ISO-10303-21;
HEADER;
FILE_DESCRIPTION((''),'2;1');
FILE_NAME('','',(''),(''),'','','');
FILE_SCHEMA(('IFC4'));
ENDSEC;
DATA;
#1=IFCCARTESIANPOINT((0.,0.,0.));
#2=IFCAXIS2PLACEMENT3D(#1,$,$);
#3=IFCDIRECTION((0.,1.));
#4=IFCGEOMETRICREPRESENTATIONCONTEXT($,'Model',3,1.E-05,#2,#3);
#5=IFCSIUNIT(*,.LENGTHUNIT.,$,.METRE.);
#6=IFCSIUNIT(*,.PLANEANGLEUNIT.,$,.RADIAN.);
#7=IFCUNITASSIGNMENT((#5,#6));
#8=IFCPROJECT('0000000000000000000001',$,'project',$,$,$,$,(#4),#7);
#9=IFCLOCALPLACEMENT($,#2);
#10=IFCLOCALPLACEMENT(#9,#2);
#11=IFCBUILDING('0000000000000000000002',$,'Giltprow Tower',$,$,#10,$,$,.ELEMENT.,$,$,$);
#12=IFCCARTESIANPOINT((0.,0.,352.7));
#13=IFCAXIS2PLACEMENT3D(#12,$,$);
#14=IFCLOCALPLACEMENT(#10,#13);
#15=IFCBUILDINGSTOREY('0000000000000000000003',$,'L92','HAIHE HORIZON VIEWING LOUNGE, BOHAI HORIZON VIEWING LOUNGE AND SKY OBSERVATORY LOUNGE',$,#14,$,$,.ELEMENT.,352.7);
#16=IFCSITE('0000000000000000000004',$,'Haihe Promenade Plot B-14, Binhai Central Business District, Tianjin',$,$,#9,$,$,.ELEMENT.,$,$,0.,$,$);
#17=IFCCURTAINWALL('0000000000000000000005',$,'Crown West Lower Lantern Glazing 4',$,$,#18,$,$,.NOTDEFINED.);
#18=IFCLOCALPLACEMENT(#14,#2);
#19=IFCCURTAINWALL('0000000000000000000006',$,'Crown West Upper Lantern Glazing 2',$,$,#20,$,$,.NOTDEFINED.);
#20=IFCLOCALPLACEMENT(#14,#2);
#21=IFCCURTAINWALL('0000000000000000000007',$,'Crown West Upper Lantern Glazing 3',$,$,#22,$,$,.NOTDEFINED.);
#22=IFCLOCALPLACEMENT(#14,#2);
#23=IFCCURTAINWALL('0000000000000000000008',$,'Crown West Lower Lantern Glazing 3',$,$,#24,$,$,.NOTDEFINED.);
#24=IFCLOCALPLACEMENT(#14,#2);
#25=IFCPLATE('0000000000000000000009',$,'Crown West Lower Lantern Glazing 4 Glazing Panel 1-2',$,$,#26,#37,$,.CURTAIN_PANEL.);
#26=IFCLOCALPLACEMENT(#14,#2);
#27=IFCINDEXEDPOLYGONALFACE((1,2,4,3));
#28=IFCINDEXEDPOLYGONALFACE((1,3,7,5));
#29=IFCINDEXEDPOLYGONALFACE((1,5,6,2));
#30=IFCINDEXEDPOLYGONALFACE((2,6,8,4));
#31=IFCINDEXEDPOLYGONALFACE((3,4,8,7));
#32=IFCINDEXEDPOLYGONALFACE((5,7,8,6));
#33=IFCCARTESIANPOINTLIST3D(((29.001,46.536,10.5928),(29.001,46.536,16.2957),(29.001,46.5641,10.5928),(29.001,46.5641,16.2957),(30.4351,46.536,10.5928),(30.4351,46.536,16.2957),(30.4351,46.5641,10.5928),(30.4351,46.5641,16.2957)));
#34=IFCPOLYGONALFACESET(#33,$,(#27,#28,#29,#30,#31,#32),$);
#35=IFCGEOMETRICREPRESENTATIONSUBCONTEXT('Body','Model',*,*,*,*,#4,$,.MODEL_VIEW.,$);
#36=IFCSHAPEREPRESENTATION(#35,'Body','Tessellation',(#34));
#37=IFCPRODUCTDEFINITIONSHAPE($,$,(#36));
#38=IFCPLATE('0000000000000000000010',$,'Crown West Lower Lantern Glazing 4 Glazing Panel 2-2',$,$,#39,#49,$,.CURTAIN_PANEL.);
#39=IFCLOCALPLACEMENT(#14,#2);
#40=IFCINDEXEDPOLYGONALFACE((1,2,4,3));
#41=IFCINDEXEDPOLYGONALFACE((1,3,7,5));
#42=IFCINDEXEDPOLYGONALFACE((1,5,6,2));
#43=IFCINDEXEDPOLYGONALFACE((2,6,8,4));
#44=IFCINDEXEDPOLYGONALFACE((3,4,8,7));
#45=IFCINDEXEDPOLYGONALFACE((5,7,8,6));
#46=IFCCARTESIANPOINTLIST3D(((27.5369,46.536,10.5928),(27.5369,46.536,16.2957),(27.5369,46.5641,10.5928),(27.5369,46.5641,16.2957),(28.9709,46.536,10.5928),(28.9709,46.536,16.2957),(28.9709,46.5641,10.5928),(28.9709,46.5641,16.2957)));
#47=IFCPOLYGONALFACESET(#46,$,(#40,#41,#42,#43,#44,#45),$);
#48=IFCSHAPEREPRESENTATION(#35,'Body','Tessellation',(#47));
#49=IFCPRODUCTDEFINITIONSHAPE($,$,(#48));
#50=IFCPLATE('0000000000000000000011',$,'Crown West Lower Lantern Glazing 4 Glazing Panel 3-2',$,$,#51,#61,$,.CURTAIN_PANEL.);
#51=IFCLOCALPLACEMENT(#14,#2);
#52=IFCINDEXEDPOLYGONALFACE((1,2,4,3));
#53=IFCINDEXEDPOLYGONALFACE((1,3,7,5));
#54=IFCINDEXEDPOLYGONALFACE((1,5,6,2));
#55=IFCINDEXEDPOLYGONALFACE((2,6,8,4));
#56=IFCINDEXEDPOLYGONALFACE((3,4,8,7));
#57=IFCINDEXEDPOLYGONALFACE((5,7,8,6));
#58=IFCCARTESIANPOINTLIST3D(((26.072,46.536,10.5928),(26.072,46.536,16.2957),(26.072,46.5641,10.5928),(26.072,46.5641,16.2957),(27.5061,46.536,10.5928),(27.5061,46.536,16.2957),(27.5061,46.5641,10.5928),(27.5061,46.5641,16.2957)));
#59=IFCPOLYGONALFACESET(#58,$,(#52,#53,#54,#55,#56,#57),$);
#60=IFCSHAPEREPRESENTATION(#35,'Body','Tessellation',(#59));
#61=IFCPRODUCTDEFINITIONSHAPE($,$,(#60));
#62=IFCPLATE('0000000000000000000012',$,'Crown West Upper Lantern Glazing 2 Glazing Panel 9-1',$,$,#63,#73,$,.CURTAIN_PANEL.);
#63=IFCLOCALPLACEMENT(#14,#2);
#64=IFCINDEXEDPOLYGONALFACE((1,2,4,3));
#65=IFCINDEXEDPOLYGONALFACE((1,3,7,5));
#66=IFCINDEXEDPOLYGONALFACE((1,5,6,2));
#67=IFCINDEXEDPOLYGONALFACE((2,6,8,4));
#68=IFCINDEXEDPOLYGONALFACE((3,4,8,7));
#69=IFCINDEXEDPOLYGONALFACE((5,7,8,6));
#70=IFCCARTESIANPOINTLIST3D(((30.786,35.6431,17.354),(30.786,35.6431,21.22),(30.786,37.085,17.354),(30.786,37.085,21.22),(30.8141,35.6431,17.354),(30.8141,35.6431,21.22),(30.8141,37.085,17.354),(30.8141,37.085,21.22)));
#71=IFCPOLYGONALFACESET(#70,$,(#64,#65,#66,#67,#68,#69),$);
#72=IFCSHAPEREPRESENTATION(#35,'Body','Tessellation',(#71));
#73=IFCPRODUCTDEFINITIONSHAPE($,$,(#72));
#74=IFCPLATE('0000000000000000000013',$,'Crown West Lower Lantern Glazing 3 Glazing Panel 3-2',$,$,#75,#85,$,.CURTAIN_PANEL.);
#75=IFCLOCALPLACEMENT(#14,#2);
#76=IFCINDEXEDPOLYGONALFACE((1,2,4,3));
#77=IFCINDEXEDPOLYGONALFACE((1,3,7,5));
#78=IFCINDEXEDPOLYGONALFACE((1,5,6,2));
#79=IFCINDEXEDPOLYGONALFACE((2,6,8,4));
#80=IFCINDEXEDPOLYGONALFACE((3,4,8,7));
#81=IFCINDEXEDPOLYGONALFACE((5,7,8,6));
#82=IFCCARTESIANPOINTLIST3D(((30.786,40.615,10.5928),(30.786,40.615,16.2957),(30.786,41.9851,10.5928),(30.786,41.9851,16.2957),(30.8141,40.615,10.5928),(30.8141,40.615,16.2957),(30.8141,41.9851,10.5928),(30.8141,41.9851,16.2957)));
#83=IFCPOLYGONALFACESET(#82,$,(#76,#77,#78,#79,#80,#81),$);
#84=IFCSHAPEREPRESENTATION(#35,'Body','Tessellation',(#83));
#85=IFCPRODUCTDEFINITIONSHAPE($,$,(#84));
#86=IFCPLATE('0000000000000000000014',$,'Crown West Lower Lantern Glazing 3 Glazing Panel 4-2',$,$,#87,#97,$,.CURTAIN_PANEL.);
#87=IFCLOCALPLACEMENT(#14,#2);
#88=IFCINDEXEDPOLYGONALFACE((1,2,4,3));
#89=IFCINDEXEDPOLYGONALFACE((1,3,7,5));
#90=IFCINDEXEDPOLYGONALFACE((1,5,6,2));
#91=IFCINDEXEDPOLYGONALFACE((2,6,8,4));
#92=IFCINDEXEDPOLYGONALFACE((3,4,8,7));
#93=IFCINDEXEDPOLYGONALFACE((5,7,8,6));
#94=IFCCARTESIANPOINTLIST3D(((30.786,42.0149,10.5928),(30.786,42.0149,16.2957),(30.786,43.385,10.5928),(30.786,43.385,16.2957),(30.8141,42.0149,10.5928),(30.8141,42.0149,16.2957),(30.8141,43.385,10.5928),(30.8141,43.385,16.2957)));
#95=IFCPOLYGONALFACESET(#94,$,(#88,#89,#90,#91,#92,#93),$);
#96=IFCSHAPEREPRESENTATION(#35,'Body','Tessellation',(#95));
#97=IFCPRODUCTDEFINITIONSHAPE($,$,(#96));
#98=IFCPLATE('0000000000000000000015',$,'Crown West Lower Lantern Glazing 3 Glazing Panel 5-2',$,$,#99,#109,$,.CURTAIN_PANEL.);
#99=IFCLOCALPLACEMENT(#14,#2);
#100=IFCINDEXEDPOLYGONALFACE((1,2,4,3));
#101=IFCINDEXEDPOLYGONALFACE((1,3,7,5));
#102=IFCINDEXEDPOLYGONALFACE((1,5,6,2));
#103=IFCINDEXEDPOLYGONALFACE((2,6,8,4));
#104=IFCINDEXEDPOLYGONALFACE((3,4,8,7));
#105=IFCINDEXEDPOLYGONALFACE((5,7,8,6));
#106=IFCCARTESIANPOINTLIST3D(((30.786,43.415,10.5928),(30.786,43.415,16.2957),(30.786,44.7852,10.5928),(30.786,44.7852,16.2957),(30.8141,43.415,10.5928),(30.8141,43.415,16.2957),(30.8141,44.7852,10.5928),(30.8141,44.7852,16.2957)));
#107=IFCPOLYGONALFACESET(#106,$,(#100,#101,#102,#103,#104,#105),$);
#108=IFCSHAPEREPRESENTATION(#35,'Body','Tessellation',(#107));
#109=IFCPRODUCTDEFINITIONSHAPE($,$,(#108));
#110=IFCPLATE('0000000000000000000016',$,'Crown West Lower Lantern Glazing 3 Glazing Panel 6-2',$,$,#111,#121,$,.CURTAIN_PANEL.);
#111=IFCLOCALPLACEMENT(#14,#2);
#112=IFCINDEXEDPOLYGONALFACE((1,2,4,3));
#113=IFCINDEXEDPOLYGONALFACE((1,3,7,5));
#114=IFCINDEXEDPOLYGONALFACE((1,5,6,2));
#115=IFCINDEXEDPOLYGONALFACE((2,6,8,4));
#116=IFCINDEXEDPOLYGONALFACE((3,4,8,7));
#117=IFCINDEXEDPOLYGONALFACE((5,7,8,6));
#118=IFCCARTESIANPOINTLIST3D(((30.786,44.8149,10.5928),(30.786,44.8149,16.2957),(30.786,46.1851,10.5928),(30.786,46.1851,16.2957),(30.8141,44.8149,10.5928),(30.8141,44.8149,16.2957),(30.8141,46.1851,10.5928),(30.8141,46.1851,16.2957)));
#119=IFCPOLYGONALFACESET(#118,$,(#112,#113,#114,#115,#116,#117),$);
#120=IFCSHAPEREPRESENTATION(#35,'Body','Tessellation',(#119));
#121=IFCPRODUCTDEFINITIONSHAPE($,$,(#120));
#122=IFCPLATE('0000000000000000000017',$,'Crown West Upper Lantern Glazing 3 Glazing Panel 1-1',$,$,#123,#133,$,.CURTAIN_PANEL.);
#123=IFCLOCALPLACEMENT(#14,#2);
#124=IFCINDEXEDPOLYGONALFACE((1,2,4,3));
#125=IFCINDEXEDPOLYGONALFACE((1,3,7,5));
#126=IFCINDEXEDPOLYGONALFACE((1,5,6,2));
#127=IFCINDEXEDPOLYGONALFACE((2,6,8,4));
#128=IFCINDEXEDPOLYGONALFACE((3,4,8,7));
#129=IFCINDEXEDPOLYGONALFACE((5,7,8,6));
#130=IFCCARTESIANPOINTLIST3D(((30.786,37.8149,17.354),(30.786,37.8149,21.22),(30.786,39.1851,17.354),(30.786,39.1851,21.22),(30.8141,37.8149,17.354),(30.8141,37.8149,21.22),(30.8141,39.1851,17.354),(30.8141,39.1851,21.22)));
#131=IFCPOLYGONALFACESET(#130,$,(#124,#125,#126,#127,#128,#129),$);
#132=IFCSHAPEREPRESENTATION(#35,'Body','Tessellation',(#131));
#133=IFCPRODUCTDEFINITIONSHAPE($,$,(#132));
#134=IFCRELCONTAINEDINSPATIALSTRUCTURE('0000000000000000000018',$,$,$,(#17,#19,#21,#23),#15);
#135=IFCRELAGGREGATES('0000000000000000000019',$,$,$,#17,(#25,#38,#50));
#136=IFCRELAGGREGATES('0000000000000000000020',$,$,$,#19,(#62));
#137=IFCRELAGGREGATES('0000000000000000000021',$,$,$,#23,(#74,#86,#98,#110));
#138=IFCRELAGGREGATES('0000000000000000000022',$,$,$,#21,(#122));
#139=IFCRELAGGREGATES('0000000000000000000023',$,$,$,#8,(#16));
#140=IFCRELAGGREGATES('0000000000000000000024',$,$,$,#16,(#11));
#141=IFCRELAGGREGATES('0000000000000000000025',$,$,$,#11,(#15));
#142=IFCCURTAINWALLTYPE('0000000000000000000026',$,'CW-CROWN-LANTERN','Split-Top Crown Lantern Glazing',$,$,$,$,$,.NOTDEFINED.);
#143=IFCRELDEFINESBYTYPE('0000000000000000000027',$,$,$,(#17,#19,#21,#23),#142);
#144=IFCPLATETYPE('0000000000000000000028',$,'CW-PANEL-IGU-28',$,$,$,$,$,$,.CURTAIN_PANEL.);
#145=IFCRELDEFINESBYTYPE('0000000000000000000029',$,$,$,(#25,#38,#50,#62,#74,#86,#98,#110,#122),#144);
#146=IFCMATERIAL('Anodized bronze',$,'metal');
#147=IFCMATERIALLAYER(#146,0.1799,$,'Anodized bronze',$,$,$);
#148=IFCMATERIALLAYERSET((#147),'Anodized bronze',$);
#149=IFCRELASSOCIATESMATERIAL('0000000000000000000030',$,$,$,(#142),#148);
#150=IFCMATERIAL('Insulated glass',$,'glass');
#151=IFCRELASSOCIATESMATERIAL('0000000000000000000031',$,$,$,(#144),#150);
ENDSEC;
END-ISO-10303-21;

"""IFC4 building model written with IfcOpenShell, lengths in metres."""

from ifc_helpers import new_model, si_unit, direction, frame, origin, origin_2d, place, context, subcontext, project, spatial, rectangle, extrude, source, transform, mapped, material, layer, layer_set, type_object, element, aggregate, save


model = new_model("IFC4")

# Units and contexts
model_context = context("Model", 3, precision=1e-05, world=origin(), true_north=direction((0.0, 1.0)))
body_context = subcontext(model_context, "Body", "Model", "MODEL_VIEW")
ifc_project = project(units=[si_unit("LENGTHUNIT", "METRE"), si_unit("PLANEANGLEUNIT", "RADIAN")], contexts=[model_context])

# Site, building, storey
site_placement = place(None, origin())
site = spatial("IfcSite", under=ifc_project, at=site_placement, Name="Haihe Promenade Plot B-14, Binhai Central Business District, Tianjin", CompositionType="ELEMENT", RefElevation=0.0)
building_placement = place(site_placement, origin())
building = spatial("IfcBuilding", under=site, at=building_placement, Name="Giltprow Tower", CompositionType="ELEMENT")
storey_placement = place(building_placement, frame((0.0, 0.0, 352.7)))
storey = spatial("IfcBuildingStorey", under=building, at=storey_placement, Name="L92", Description="HAIHE HORIZON VIEWING LOUNGE, BOHAI HORIZON VIEWING LOUNGE AND SKY OBSERVATORY LOUNGE", CompositionType="ELEMENT", Elevation=352.7)

# Curtain walls
ifc_material_1 = material(Name="Anodized bronze", Category="metal")
ifc_layer = layer(ifc_material_1, 0.1799, Name="Anodized bronze")
ifc_layer_set = layer_set([ifc_layer], Name="Anodized bronze")
curtain_wall_type = type_object("IfcCurtainWallType", Name="CW-CROWN-LANTERN", Description="Split-Top Crown Lantern Glazing", PredefinedType="NOTDEFINED", material=ifc_layer_set)
curtain_wall_1_placement = place(storey_placement, origin())
curtain_wall_1 = element("IfcCurtainWall", 1, at=curtain_wall_1_placement, inside=storey, type_object=curtain_wall_type, Name="Crown West Lower Lantern Glazing 4", PredefinedType="NOTDEFINED")
curtain_wall_2_placement = place(storey_placement, origin())
curtain_wall_2 = element("IfcCurtainWall", 2, at=curtain_wall_2_placement, inside=storey, type_object=curtain_wall_type, Name="Crown West Upper Lantern Glazing 2", PredefinedType="NOTDEFINED")

# Curtain wall
curtain_wall_3_placement = place(storey_placement, origin())
curtain_wall_3 = element("IfcCurtainWall", 3, at=curtain_wall_3_placement, inside=storey, type_object=curtain_wall_type, Name="Crown West Upper Lantern Glazing 3", PredefinedType="NOTDEFINED")

# Curtain wall
curtain_wall_4_placement = place(storey_placement, origin())
curtain_wall_4 = element("IfcCurtainWall", 4, at=curtain_wall_4_placement, inside=storey, type_object=curtain_wall_type, Name="Crown West Lower Lantern Glazing 3", PredefinedType="NOTDEFINED")

# Plates
ifc_material_2 = material(Name="Insulated glass", Category="glass")
plate_type_1 = type_object("IfcPlateType", Name="CW-PANEL-IGU-28", PredefinedType="CURTAIN_PANEL", material=ifc_material_2)
shared_shape_1 = source(origin(), body_context, "Body", "SweptSolid", [
    extrude(rectangle(XDim=1.4341, YDim=0.0281, at=origin_2d()), origin(), (0.0, 0.0, 1.0), 5.7029),
])
plate_1_placement = place(storey_placement, frame((29.718, 46.55, 10.5928), z_axis=(0.0, 0.0, 1.0), x_axis=(-1.0, 0.0, 0.0)))
plate_1 = element("IfcPlate", 5, at=plate_1_placement, type_object=plate_type_1, Name="Crown West Lower Lantern Glazing 4 Glazing Panel 1-2", PredefinedType="CURTAIN_PANEL", context=body_context, shape_type="MappedRepresentation", body=[
    mapped(shared_shape_1, transform((0.0, 0.0, 0.0), x_axis=(1.0, 0.0, 0.0), y_axis=(0.0, 1.0, 0.0), z_axis=(0.0, 0.0, 1.0), scale=1.0)),
])
plate_2_placement = place(storey_placement, frame((28.2539, 46.55, 10.5928), z_axis=(0.0, 0.0, 1.0), x_axis=(-1.0, 0.0, 0.0)))
plate_2 = element("IfcPlate", 6, at=plate_2_placement, type_object=plate_type_1, Name="Crown West Lower Lantern Glazing 4 Glazing Panel 2-2", PredefinedType="CURTAIN_PANEL", context=body_context, shape_type="MappedRepresentation", body=[
    mapped(shared_shape_1, transform((0.0, 0.0, 0.0), x_axis=(1.0, 0.0, 0.0), y_axis=(0.0, 1.0, 0.0), z_axis=(0.0, 0.0, 1.0), scale=1.0)),
])
plate_3_placement = place(storey_placement, frame((26.7891, 46.55, 10.5928), z_axis=(0.0, 0.0, 1.0), x_axis=(-1.0, 0.0, 0.0)))
plate_3 = element("IfcPlate", 7, at=plate_3_placement, type_object=plate_type_1, Name="Crown West Lower Lantern Glazing 4 Glazing Panel 3-2", PredefinedType="CURTAIN_PANEL", context=body_context, shape_type="MappedRepresentation", body=[
    mapped(shared_shape_1, transform((0.0, 0.0, 0.0), x_axis=(1.0, 0.0, 0.0), y_axis=(0.0, 1.0, 0.0), z_axis=(0.0, 0.0, 1.0), scale=1.0)),
])
aggregate(curtain_wall_1, [plate_1, plate_2, plate_3])
shared_shape_2 = source(origin(), body_context, "Body", "SweptSolid", [
    extrude(rectangle(XDim=1.4419, YDim=0.0281, at=origin_2d()), origin(), (0.0, 0.0, 1.0), 3.866),
])
plate_4_placement = place(storey_placement, frame((30.8, 36.364, 17.354), z_axis=(0.0, 0.0, 1.0), x_axis=(0.0, 1.0, 0.0)))
plate_4 = element("IfcPlate", 8, at=plate_4_placement, type_object=plate_type_1, Name="Crown West Upper Lantern Glazing 2 Glazing Panel 9-1", PredefinedType="CURTAIN_PANEL", context=body_context, shape_type="MappedRepresentation", body=[
    mapped(shared_shape_2, transform((0.0, 0.0, 0.0), x_axis=(1.0, 0.0, 0.0), y_axis=(0.0, 1.0, 0.0), z_axis=(0.0, 0.0, 1.0), scale=1.0)),
])
aggregate(curtain_wall_2, [plate_4])
shared_shape_3 = source(origin(), body_context, "Body", "SweptSolid", [
    extrude(rectangle(XDim=1.3701, YDim=0.0281, at=origin_2d()), origin(), (0.0, 0.0, 1.0), 5.7029),
])
plate_5_placement = place(storey_placement, frame((30.8, 41.3, 10.5928), z_axis=(0.0, 0.0, 1.0), x_axis=(0.0, 1.0, 0.0)))
plate_5 = element("IfcPlate", 9, at=plate_5_placement, type_object=plate_type_1, Name="Crown West Lower Lantern Glazing 3 Glazing Panel 3-2", PredefinedType="CURTAIN_PANEL", context=body_context, shape_type="MappedRepresentation", body=[
    mapped(shared_shape_3, transform((0.0, 0.0, 0.0), x_axis=(1.0, 0.0, 0.0), y_axis=(0.0, 1.0, 0.0), z_axis=(0.0, 0.0, 1.0), scale=1.0)),
])
plate_6_placement = place(storey_placement, frame((30.8, 42.7, 10.5928), z_axis=(0.0, 0.0, 1.0), x_axis=(0.0, 1.0, 0.0)))
plate_6 = element("IfcPlate", 10, at=plate_6_placement, type_object=plate_type_1, Name="Crown West Lower Lantern Glazing 3 Glazing Panel 4-2", PredefinedType="CURTAIN_PANEL", context=body_context, shape_type="MappedRepresentation", body=[
    mapped(shared_shape_3, transform((0.0, 0.0, 0.0), x_axis=(1.0, 0.0, 0.0), y_axis=(0.0, 1.0, 0.0), z_axis=(0.0, 0.0, 1.0), scale=1.0)),
])
plate_7_placement = place(storey_placement, frame((30.8, 44.1001, 10.5928), z_axis=(0.0, 0.0, 1.0), x_axis=(0.0, 1.0, 0.0)))
plate_7 = element("IfcPlate", 11, at=plate_7_placement, type_object=plate_type_1, Name="Crown West Lower Lantern Glazing 3 Glazing Panel 5-2", PredefinedType="CURTAIN_PANEL", context=body_context, shape_type="MappedRepresentation", body=[
    mapped(shared_shape_3, transform((0.0, 0.0, 0.0), x_axis=(1.0, 0.0, 0.0), y_axis=(0.0, 1.0, 0.0), z_axis=(0.0, 0.0, 1.0), scale=1.0)),
])
plate_8_placement = place(storey_placement, frame((30.8, 45.5, 10.5928), z_axis=(0.0, 0.0, 1.0), x_axis=(0.0, 1.0, 0.0)))
plate_8 = element("IfcPlate", 12, at=plate_8_placement, type_object=plate_type_1, Name="Crown West Lower Lantern Glazing 3 Glazing Panel 6-2", PredefinedType="CURTAIN_PANEL", context=body_context, shape_type="MappedRepresentation", body=[
    mapped(shared_shape_3, transform((0.0, 0.0, 0.0), x_axis=(1.0, 0.0, 0.0), y_axis=(0.0, 1.0, 0.0), z_axis=(0.0, 0.0, 1.0), scale=1.0)),
])
aggregate(curtain_wall_4, [plate_5, plate_6, plate_7, plate_8])
shared_shape_4 = source(origin(), body_context, "Body", "SweptSolid", [
    extrude(rectangle(XDim=1.3701, YDim=0.0281, at=origin_2d()), origin(), (0.0, 0.0, 1.0), 3.866),
])
plate_9_placement = place(storey_placement, frame((30.8, 38.5, 17.354), z_axis=(0.0, 0.0, 1.0), x_axis=(0.0, 1.0, 0.0)))
plate_9 = element("IfcPlate", 13, at=plate_9_placement, type_object=plate_type_1, Name="Crown West Upper Lantern Glazing 3 Glazing Panel 1-1", PredefinedType="CURTAIN_PANEL", context=body_context, shape_type="MappedRepresentation", body=[
    mapped(shared_shape_4, transform((0.0, 0.0, 0.0), x_axis=(1.0, 0.0, 0.0), y_axis=(0.0, 1.0, 0.0), z_axis=(0.0, 0.0, 1.0), scale=1.0)),
])
aggregate(curtain_wall_3, [plate_9])

save(model, "model.ifc")
